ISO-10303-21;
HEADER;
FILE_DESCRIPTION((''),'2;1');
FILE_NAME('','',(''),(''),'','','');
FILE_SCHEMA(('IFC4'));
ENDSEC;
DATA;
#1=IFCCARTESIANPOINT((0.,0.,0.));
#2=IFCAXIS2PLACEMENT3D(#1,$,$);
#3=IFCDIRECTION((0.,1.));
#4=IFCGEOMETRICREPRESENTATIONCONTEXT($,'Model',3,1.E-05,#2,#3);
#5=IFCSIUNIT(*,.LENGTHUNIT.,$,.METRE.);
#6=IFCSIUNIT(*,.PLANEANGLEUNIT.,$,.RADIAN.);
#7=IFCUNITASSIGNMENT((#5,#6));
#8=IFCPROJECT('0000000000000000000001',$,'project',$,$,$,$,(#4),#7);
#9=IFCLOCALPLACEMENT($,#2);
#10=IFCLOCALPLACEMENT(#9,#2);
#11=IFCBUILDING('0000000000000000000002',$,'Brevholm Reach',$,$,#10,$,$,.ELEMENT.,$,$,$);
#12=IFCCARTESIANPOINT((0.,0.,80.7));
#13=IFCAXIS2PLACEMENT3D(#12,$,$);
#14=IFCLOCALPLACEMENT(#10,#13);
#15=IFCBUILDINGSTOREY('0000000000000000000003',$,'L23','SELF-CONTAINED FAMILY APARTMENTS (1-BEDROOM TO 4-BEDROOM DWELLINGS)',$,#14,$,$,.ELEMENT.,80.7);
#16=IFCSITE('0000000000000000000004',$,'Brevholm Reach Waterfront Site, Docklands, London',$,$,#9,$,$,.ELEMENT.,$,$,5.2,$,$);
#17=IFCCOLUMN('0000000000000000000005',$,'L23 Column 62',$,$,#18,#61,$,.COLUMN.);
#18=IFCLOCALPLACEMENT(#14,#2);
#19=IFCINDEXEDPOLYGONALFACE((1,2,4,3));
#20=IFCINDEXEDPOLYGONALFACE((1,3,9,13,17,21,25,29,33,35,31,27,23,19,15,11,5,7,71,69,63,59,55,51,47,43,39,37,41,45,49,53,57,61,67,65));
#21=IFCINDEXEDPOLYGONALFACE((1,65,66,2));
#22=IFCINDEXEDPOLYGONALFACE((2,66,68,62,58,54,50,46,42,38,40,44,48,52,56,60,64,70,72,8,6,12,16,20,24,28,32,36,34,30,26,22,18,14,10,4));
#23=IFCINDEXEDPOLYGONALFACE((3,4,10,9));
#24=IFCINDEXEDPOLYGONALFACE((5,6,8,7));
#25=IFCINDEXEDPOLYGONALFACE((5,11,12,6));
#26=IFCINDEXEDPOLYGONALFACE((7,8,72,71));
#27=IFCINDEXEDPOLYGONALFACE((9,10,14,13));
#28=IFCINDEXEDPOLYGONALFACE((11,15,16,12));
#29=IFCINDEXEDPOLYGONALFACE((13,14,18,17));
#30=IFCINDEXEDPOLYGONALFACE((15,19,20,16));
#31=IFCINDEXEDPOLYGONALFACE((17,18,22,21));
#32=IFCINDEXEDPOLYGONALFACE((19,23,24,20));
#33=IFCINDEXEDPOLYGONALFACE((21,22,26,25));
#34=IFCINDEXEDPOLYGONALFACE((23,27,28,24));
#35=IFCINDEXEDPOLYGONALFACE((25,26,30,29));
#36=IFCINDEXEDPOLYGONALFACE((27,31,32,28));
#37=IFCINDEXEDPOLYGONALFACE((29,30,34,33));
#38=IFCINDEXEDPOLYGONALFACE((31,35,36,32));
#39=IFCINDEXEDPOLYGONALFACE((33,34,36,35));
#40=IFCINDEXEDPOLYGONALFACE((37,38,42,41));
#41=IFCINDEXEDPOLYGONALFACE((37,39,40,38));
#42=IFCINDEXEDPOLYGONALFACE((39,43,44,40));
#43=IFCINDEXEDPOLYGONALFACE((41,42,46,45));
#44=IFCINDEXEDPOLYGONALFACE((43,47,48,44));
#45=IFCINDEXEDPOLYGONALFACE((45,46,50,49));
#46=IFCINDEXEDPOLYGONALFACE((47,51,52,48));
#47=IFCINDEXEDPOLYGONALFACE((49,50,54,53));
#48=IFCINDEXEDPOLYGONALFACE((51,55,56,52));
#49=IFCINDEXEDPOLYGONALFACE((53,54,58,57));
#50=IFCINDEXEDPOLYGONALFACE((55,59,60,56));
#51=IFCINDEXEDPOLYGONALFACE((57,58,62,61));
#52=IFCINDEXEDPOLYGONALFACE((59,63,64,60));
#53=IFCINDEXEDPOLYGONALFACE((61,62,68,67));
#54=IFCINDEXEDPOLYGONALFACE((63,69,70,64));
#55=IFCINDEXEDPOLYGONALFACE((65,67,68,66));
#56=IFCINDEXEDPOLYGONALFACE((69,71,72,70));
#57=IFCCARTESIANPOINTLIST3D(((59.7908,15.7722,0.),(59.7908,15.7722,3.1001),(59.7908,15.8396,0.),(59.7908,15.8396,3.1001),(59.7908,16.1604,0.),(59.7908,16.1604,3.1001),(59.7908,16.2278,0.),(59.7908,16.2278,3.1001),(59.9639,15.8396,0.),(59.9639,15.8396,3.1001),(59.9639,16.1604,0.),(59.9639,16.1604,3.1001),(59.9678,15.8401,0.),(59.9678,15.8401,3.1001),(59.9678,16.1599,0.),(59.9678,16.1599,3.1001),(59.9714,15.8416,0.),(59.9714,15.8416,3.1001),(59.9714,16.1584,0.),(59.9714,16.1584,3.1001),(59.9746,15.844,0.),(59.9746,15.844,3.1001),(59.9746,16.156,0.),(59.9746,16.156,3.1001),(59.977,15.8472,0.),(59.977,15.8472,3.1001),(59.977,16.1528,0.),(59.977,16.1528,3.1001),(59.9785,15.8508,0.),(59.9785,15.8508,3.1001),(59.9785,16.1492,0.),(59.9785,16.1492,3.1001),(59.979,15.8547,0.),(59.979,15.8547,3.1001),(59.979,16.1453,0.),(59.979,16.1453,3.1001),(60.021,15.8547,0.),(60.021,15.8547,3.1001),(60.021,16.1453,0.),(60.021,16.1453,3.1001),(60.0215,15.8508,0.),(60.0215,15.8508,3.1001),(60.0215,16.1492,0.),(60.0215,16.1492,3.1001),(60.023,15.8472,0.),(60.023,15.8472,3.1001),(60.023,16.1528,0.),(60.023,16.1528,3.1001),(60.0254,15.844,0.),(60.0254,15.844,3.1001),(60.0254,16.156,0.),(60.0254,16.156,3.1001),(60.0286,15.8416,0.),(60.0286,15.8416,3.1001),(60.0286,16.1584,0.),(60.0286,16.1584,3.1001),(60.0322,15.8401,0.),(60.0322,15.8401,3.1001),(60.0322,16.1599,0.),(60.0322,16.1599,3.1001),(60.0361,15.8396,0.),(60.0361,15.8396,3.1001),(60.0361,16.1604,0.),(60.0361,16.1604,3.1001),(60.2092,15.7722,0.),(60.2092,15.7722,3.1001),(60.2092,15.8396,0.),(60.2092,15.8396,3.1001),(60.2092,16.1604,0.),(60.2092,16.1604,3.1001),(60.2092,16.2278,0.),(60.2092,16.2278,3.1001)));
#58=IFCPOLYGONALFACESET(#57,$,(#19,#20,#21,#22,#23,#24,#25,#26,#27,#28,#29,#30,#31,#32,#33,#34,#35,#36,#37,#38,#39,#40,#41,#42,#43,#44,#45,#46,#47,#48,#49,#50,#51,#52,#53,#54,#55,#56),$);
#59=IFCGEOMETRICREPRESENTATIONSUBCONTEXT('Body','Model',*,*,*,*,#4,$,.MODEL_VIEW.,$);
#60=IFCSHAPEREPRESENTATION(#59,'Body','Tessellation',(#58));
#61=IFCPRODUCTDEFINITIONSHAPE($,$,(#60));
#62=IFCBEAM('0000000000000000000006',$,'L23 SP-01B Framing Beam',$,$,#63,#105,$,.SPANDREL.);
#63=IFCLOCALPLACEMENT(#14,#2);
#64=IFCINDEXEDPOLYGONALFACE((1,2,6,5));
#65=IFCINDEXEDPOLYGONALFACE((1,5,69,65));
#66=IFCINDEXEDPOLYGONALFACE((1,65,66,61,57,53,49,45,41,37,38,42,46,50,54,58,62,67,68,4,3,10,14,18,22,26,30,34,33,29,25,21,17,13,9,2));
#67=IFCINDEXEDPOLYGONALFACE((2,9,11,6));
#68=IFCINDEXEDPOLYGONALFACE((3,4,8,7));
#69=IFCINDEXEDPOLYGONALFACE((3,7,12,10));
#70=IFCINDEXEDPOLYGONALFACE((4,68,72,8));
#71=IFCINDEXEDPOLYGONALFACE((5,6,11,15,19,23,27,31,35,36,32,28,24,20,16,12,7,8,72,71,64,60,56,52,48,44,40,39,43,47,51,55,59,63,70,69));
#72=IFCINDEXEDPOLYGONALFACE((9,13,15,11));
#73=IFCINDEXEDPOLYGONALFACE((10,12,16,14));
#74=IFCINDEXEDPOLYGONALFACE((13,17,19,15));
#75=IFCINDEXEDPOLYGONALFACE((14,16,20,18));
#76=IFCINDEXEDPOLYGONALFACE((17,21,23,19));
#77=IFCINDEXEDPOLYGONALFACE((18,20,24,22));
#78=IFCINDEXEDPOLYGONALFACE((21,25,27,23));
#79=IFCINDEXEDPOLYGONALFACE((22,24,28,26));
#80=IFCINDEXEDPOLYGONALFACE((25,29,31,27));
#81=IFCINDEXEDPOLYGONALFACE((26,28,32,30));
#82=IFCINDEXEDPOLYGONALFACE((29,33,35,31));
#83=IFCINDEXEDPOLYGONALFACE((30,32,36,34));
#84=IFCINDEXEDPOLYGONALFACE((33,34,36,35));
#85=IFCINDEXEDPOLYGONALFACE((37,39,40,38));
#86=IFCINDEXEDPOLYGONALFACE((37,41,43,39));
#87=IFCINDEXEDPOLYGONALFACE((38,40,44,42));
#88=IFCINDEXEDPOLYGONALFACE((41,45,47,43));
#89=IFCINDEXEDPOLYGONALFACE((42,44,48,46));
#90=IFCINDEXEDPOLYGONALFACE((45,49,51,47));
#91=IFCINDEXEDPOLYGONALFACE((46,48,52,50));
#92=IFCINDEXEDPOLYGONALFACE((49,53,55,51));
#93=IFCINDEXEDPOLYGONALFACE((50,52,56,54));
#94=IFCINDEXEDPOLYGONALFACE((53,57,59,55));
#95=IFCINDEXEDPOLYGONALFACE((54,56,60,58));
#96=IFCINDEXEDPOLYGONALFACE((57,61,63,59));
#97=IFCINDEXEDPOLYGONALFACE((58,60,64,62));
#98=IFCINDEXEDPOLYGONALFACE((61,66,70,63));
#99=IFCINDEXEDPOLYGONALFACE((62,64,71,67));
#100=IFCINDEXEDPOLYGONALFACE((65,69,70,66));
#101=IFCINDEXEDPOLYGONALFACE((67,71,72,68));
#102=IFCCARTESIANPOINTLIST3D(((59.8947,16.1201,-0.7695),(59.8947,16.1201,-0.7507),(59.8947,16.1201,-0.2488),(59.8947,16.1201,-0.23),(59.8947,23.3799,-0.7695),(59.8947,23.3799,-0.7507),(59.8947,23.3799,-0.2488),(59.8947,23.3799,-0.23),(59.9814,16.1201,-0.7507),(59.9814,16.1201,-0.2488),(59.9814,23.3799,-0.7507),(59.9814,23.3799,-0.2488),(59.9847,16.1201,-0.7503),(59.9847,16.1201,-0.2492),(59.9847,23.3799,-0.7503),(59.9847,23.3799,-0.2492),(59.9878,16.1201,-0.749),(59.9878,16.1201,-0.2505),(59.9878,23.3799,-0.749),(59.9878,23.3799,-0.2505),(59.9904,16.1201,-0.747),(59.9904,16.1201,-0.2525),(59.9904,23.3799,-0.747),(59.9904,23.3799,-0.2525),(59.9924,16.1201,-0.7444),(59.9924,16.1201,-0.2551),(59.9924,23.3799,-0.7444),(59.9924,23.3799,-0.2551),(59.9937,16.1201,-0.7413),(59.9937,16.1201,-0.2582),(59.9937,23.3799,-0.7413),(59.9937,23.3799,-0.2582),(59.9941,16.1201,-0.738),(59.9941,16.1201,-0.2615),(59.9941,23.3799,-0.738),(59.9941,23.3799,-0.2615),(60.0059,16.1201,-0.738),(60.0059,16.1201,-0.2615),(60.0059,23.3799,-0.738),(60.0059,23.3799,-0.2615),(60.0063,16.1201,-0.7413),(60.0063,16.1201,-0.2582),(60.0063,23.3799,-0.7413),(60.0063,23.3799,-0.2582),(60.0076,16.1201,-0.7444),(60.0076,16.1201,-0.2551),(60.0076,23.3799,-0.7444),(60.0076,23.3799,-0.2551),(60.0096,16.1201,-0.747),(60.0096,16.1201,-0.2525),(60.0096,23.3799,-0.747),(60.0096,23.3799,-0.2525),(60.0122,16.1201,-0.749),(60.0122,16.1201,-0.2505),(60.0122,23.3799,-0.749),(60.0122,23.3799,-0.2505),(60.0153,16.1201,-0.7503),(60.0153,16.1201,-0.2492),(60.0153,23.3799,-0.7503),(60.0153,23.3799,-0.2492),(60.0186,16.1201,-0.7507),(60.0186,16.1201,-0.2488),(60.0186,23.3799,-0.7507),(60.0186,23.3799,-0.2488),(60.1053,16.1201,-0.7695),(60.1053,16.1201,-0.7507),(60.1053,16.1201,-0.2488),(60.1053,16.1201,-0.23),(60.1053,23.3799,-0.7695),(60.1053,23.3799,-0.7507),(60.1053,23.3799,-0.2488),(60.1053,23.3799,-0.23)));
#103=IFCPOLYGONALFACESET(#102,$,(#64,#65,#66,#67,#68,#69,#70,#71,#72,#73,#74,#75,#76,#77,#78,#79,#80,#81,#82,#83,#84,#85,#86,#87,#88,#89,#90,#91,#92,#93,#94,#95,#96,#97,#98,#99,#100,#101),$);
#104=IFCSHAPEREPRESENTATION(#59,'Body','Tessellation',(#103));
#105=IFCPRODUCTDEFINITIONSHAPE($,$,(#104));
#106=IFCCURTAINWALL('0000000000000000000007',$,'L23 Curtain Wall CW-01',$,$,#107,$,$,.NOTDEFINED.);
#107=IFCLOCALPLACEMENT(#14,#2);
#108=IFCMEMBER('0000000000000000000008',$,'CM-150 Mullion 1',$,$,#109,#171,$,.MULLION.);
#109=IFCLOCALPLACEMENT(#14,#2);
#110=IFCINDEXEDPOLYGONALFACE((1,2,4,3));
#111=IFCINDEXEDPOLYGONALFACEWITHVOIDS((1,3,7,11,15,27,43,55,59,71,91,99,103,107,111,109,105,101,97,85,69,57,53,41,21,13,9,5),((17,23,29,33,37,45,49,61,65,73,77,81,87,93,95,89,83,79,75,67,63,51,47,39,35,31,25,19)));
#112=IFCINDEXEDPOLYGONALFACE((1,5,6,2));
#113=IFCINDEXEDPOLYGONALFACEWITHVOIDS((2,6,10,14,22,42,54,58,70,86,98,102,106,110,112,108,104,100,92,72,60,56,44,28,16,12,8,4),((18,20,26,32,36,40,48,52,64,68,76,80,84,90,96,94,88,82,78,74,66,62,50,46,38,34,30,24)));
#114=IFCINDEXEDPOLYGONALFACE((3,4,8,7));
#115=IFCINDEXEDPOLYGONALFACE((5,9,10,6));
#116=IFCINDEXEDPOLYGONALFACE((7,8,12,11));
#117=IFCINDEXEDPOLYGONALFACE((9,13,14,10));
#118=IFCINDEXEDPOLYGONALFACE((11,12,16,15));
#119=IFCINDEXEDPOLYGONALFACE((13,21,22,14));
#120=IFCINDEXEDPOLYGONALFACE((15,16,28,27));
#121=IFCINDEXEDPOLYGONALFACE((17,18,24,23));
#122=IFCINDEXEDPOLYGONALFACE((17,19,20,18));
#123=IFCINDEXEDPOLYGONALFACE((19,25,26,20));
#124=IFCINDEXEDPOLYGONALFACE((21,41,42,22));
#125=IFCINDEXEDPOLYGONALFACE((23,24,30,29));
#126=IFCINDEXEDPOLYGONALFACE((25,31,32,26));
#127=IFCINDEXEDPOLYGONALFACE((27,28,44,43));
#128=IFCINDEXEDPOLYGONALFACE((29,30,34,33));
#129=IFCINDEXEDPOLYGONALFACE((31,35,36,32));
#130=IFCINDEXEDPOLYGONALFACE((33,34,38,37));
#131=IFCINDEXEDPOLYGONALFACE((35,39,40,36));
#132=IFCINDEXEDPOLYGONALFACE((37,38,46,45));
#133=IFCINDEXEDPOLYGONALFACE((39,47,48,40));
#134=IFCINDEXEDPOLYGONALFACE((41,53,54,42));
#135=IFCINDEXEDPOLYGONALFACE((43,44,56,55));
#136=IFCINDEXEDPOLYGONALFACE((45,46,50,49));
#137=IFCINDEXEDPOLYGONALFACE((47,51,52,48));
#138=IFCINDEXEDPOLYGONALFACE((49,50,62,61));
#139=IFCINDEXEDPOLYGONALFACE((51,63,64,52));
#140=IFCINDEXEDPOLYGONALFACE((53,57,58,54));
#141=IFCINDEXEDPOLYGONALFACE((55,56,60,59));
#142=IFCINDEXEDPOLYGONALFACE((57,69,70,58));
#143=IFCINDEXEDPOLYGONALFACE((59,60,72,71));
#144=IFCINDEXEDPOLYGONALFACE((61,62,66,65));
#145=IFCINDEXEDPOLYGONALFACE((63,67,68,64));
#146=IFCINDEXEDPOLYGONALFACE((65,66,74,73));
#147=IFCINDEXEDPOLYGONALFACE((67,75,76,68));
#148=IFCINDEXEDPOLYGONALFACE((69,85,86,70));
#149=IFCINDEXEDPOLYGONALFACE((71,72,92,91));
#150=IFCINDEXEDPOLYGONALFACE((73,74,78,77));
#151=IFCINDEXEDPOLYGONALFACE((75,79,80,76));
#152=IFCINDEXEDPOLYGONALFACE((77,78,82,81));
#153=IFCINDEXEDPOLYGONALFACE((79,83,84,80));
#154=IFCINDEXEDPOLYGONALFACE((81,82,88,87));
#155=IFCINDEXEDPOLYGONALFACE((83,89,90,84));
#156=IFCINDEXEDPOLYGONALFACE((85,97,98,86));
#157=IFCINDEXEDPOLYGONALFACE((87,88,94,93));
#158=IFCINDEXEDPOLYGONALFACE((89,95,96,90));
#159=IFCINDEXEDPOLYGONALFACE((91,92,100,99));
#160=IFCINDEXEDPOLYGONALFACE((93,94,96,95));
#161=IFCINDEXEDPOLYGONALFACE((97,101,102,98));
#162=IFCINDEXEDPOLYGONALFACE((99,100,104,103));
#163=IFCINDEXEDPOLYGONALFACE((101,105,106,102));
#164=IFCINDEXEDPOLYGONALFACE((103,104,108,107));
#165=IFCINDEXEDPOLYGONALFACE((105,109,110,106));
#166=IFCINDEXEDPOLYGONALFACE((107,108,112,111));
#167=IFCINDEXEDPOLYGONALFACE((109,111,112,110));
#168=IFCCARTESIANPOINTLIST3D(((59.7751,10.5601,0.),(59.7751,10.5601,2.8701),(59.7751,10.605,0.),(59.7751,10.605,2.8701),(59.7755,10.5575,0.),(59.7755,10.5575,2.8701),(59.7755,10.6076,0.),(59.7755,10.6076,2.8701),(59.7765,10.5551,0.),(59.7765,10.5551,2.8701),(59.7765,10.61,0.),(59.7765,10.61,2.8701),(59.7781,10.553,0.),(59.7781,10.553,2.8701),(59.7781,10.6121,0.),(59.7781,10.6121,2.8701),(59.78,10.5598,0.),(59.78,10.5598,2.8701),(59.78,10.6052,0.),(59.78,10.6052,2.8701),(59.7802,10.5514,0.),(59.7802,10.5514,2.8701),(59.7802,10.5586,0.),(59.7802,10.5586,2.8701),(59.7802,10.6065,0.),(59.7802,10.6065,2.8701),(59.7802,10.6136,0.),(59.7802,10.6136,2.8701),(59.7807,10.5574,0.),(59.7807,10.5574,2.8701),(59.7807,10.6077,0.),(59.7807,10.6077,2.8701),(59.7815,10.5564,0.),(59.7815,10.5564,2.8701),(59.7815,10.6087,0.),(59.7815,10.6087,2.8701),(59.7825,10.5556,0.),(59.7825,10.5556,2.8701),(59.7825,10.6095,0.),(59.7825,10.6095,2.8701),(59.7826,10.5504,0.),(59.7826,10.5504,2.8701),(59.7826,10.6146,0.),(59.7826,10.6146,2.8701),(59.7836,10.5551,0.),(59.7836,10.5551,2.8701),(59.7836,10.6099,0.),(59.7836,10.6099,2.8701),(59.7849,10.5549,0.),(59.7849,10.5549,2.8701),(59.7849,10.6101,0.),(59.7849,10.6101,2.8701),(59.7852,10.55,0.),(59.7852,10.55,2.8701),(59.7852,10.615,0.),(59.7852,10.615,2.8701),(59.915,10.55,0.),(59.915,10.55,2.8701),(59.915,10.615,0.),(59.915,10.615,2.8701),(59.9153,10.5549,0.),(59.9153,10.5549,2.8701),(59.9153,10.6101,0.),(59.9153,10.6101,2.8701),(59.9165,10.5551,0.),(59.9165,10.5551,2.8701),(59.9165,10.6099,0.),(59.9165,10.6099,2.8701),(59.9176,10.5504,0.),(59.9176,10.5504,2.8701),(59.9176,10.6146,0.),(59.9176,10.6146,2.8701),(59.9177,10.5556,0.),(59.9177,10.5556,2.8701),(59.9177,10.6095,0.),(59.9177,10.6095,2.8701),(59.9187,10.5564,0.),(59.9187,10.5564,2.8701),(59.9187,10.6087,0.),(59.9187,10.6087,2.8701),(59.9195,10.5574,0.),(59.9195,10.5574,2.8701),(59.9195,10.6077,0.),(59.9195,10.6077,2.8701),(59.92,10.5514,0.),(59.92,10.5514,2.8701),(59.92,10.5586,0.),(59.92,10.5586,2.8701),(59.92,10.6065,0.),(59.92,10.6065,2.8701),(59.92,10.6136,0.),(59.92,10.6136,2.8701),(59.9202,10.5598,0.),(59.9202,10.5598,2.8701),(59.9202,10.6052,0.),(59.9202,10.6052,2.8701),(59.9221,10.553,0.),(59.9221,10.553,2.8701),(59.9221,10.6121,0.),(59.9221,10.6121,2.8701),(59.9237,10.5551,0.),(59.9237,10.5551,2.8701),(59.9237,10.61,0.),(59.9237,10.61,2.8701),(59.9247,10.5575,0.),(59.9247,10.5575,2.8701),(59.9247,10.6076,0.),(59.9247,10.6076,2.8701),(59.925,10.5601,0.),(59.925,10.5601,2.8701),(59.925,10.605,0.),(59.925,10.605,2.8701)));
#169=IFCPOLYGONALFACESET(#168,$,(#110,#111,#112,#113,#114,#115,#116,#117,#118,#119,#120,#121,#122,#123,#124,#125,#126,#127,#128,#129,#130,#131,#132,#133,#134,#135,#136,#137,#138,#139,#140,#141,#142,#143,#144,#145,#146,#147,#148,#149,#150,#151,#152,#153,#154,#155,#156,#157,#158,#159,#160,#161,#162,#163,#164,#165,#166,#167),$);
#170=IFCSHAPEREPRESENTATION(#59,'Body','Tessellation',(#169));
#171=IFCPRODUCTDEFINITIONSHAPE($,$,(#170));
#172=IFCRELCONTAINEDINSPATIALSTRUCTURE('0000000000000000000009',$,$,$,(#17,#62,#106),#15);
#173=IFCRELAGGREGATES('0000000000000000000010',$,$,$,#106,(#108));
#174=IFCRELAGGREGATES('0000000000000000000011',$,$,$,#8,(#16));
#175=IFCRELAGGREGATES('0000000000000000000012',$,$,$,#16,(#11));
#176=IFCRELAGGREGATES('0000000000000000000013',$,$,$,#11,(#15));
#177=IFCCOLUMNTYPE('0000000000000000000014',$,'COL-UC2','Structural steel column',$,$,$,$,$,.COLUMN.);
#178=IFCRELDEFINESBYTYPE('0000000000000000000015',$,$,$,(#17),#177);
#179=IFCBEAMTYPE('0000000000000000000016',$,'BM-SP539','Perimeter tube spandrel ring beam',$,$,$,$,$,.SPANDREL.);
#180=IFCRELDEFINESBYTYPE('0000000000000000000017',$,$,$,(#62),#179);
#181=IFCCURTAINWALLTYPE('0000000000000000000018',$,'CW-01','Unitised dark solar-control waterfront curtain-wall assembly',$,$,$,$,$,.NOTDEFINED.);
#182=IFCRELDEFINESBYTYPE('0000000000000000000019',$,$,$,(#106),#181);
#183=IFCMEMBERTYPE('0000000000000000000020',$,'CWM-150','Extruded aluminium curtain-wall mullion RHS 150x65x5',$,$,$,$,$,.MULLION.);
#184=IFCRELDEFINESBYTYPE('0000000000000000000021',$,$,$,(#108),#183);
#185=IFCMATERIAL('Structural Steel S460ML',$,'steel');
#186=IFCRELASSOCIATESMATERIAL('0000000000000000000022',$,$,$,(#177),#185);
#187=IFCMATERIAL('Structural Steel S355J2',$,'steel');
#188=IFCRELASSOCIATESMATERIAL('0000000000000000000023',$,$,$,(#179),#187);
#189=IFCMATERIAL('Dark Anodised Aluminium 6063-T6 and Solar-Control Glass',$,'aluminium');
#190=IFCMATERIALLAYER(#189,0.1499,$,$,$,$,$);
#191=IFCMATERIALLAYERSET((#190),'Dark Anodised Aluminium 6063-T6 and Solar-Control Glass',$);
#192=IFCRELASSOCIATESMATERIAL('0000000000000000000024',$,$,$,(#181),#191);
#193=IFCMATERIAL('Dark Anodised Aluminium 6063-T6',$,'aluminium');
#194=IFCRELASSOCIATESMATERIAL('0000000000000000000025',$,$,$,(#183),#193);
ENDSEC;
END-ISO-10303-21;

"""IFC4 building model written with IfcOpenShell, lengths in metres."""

from ifc_helpers import new_model, si_unit, direction, frame, origin, origin_2d, place, context, subcontext, project, spatial, hollow_rectangle, i_section, extrude, material, layer, layer_set, material_profile, profile_set, type_object, element, aggregate, save


model = new_model("IFC4")

# Units and contexts
model_context = context("Model", 3, precision=1e-05, world=origin(), true_north=direction((0.0, 1.0)))
body_context = subcontext(model_context, "Body", "Model", "MODEL_VIEW")
ifc_project = project(units=[si_unit("LENGTHUNIT", "METRE"), si_unit("PLANEANGLEUNIT", "RADIAN")], contexts=[model_context])

# Site, building, storey
site_placement = place(None, origin())
site = spatial("IfcSite", under=ifc_project, at=site_placement, Name="Brevholm Reach Waterfront Site, Docklands, London", CompositionType="ELEMENT", RefElevation=5.2)
building_placement = place(site_placement, origin())
building = spatial("IfcBuilding", under=site, at=building_placement, Name="Brevholm Reach", CompositionType="ELEMENT")
storey_placement = place(building_placement, frame((0.0, 0.0, 80.7)))
storey = spatial("IfcBuildingStorey", under=building, at=storey_placement, Name="L23", Description="SELF-CONTAINED FAMILY APARTMENTS (1-BEDROOM TO 4-BEDROOM DWELLINGS)", CompositionType="ELEMENT", Elevation=80.7)

# Column
ifc_material_1 = material(Name="Structural Steel S460ML", Category="steel")
ifc_material_profile_1 = material_profile(ifc_material_1, i_section(OverallWidth=0.4185, OverallDepth=0.4556, WebThickness=0.042, FlangeThickness=0.0674, FilletRadius=0.0151, at=origin_2d()), Name="UKC 356x406x551")
ifc_profile_set_1 = profile_set([ifc_material_profile_1], Name="Structural Steel S460ML")
column_type = type_object("IfcColumnType", Name="COL-UC2", Description="Structural steel column", PredefinedType="COLUMN", material=ifc_profile_set_1)
column_placement = place(storey_placement, frame((60.0, 16.0, 0.0), z_axis=(0.0, 0.0, 1.0), x_axis=(1.0, 0.0, 0.0)))
element("IfcColumn", 1, at=column_placement, inside=storey, type_object=column_type, Name="L23 Column 62", PredefinedType="COLUMN", context=body_context, shape_type="SweptSolid", body=[
    extrude(i_section(OverallWidth=0.4185, OverallDepth=0.4556, WebThickness=0.042, FlangeThickness=0.0674, FilletRadius=0.0151, at=origin_2d()), origin(), (0.0, 0.0, 1.0), 3.1001),
])

# Beam
ifc_material_2 = material(Name="Structural Steel S355J2", Category="steel")
ifc_material_profile_2 = material_profile(ifc_material_2, i_section(OverallWidth=0.2107, OverallDepth=0.5396, WebThickness=0.0117, FlangeThickness=0.0188, FilletRadius=0.0127, at=origin_2d()), Name="UKB 533x210x109")
ifc_profile_set_2 = profile_set([ifc_material_profile_2], Name="Structural Steel S355J2")
beam_type = type_object("IfcBeamType", Name="BM-SP539", Description="Perimeter tube spandrel ring beam", PredefinedType="SPANDREL", material=ifc_profile_set_2)
beam_placement = place(storey_placement, frame((60.0, 16.1201, -0.4998), z_axis=(0.0, 1.0, 0.0), x_axis=(-1.0, 0.0, 0.0)))
element("IfcBeam", 2, at=beam_placement, inside=storey, type_object=beam_type, Name="L23 SP-01B Framing Beam", PredefinedType="SPANDREL", context=body_context, shape_type="SweptSolid", body=[
    extrude(i_section(OverallWidth=0.2107, OverallDepth=0.5396, WebThickness=0.0117, FlangeThickness=0.0188, FilletRadius=0.0127, at=origin_2d()), origin(), (0.0, 0.0, 1.0), 7.2598),
])

# Curtain wall, member
ifc_material_3 = material(Name="Dark Anodised Aluminium 6063-T6 and Solar-Control Glass", Category="aluminium")
ifc_layer_1 = layer(ifc_material_3, 0.1499)
ifc_layer_set_1 = layer_set([ifc_layer_1], Name="Dark Anodised Aluminium 6063-T6 and Solar-Control Glass")
curtain_wall_type = type_object("IfcCurtainWallType", Name="CW-01", Description="Unitised dark solar-control waterfront curtain-wall assembly", PredefinedType="NOTDEFINED", material=ifc_layer_set_1)
curtain_wall_placement = place(storey_placement, origin())
curtain_wall = element("IfcCurtainWall", 3, at=curtain_wall_placement, inside=storey, type_object=curtain_wall_type, Name="L23 Curtain Wall CW-01", PredefinedType="NOTDEFINED")
ifc_material_4 = material(Name="Dark Anodised Aluminium 6063-T6", Category="aluminium")
ifc_material_profile_3 = material_profile(ifc_material_4, hollow_rectangle(XDim=0.0649, YDim=0.1499, WallThickness=0.0049, InnerFilletRadius=0.0049, OuterFilletRadius=0.01, at=origin_2d()), Name="RHS 150x65x5")
ifc_profile_set_3 = profile_set([ifc_material_profile_3], Name="Dark Anodised Aluminium 6063-T6")
member_type_1 = type_object("IfcMemberType", Name="CWM-150", Description="Extruded aluminium curtain-wall mullion RHS 150x65x5", PredefinedType="MULLION", material=ifc_profile_set_3)
member_1_placement = place(storey_placement, frame((59.8501, 10.5825, 0.0), z_axis=(0.0, 0.0, 1.0), x_axis=(0.0, 1.0, 0.0)))
member_1 = element("IfcMember", 4, at=member_1_placement, type_object=member_type_1, Name="CM-150 Mullion 1", PredefinedType="MULLION", context=body_context, shape_type="SweptSolid", body=[
    extrude(hollow_rectangle(XDim=0.0649, YDim=0.1499, WallThickness=0.0049, InnerFilletRadius=0.0049, OuterFilletRadius=0.01, at=origin_2d()), origin(), (0.0, 0.0, 1.0), 2.8701),
])
aggregate(curtain_wall, [member_1])

save(model, "model.ifc")
